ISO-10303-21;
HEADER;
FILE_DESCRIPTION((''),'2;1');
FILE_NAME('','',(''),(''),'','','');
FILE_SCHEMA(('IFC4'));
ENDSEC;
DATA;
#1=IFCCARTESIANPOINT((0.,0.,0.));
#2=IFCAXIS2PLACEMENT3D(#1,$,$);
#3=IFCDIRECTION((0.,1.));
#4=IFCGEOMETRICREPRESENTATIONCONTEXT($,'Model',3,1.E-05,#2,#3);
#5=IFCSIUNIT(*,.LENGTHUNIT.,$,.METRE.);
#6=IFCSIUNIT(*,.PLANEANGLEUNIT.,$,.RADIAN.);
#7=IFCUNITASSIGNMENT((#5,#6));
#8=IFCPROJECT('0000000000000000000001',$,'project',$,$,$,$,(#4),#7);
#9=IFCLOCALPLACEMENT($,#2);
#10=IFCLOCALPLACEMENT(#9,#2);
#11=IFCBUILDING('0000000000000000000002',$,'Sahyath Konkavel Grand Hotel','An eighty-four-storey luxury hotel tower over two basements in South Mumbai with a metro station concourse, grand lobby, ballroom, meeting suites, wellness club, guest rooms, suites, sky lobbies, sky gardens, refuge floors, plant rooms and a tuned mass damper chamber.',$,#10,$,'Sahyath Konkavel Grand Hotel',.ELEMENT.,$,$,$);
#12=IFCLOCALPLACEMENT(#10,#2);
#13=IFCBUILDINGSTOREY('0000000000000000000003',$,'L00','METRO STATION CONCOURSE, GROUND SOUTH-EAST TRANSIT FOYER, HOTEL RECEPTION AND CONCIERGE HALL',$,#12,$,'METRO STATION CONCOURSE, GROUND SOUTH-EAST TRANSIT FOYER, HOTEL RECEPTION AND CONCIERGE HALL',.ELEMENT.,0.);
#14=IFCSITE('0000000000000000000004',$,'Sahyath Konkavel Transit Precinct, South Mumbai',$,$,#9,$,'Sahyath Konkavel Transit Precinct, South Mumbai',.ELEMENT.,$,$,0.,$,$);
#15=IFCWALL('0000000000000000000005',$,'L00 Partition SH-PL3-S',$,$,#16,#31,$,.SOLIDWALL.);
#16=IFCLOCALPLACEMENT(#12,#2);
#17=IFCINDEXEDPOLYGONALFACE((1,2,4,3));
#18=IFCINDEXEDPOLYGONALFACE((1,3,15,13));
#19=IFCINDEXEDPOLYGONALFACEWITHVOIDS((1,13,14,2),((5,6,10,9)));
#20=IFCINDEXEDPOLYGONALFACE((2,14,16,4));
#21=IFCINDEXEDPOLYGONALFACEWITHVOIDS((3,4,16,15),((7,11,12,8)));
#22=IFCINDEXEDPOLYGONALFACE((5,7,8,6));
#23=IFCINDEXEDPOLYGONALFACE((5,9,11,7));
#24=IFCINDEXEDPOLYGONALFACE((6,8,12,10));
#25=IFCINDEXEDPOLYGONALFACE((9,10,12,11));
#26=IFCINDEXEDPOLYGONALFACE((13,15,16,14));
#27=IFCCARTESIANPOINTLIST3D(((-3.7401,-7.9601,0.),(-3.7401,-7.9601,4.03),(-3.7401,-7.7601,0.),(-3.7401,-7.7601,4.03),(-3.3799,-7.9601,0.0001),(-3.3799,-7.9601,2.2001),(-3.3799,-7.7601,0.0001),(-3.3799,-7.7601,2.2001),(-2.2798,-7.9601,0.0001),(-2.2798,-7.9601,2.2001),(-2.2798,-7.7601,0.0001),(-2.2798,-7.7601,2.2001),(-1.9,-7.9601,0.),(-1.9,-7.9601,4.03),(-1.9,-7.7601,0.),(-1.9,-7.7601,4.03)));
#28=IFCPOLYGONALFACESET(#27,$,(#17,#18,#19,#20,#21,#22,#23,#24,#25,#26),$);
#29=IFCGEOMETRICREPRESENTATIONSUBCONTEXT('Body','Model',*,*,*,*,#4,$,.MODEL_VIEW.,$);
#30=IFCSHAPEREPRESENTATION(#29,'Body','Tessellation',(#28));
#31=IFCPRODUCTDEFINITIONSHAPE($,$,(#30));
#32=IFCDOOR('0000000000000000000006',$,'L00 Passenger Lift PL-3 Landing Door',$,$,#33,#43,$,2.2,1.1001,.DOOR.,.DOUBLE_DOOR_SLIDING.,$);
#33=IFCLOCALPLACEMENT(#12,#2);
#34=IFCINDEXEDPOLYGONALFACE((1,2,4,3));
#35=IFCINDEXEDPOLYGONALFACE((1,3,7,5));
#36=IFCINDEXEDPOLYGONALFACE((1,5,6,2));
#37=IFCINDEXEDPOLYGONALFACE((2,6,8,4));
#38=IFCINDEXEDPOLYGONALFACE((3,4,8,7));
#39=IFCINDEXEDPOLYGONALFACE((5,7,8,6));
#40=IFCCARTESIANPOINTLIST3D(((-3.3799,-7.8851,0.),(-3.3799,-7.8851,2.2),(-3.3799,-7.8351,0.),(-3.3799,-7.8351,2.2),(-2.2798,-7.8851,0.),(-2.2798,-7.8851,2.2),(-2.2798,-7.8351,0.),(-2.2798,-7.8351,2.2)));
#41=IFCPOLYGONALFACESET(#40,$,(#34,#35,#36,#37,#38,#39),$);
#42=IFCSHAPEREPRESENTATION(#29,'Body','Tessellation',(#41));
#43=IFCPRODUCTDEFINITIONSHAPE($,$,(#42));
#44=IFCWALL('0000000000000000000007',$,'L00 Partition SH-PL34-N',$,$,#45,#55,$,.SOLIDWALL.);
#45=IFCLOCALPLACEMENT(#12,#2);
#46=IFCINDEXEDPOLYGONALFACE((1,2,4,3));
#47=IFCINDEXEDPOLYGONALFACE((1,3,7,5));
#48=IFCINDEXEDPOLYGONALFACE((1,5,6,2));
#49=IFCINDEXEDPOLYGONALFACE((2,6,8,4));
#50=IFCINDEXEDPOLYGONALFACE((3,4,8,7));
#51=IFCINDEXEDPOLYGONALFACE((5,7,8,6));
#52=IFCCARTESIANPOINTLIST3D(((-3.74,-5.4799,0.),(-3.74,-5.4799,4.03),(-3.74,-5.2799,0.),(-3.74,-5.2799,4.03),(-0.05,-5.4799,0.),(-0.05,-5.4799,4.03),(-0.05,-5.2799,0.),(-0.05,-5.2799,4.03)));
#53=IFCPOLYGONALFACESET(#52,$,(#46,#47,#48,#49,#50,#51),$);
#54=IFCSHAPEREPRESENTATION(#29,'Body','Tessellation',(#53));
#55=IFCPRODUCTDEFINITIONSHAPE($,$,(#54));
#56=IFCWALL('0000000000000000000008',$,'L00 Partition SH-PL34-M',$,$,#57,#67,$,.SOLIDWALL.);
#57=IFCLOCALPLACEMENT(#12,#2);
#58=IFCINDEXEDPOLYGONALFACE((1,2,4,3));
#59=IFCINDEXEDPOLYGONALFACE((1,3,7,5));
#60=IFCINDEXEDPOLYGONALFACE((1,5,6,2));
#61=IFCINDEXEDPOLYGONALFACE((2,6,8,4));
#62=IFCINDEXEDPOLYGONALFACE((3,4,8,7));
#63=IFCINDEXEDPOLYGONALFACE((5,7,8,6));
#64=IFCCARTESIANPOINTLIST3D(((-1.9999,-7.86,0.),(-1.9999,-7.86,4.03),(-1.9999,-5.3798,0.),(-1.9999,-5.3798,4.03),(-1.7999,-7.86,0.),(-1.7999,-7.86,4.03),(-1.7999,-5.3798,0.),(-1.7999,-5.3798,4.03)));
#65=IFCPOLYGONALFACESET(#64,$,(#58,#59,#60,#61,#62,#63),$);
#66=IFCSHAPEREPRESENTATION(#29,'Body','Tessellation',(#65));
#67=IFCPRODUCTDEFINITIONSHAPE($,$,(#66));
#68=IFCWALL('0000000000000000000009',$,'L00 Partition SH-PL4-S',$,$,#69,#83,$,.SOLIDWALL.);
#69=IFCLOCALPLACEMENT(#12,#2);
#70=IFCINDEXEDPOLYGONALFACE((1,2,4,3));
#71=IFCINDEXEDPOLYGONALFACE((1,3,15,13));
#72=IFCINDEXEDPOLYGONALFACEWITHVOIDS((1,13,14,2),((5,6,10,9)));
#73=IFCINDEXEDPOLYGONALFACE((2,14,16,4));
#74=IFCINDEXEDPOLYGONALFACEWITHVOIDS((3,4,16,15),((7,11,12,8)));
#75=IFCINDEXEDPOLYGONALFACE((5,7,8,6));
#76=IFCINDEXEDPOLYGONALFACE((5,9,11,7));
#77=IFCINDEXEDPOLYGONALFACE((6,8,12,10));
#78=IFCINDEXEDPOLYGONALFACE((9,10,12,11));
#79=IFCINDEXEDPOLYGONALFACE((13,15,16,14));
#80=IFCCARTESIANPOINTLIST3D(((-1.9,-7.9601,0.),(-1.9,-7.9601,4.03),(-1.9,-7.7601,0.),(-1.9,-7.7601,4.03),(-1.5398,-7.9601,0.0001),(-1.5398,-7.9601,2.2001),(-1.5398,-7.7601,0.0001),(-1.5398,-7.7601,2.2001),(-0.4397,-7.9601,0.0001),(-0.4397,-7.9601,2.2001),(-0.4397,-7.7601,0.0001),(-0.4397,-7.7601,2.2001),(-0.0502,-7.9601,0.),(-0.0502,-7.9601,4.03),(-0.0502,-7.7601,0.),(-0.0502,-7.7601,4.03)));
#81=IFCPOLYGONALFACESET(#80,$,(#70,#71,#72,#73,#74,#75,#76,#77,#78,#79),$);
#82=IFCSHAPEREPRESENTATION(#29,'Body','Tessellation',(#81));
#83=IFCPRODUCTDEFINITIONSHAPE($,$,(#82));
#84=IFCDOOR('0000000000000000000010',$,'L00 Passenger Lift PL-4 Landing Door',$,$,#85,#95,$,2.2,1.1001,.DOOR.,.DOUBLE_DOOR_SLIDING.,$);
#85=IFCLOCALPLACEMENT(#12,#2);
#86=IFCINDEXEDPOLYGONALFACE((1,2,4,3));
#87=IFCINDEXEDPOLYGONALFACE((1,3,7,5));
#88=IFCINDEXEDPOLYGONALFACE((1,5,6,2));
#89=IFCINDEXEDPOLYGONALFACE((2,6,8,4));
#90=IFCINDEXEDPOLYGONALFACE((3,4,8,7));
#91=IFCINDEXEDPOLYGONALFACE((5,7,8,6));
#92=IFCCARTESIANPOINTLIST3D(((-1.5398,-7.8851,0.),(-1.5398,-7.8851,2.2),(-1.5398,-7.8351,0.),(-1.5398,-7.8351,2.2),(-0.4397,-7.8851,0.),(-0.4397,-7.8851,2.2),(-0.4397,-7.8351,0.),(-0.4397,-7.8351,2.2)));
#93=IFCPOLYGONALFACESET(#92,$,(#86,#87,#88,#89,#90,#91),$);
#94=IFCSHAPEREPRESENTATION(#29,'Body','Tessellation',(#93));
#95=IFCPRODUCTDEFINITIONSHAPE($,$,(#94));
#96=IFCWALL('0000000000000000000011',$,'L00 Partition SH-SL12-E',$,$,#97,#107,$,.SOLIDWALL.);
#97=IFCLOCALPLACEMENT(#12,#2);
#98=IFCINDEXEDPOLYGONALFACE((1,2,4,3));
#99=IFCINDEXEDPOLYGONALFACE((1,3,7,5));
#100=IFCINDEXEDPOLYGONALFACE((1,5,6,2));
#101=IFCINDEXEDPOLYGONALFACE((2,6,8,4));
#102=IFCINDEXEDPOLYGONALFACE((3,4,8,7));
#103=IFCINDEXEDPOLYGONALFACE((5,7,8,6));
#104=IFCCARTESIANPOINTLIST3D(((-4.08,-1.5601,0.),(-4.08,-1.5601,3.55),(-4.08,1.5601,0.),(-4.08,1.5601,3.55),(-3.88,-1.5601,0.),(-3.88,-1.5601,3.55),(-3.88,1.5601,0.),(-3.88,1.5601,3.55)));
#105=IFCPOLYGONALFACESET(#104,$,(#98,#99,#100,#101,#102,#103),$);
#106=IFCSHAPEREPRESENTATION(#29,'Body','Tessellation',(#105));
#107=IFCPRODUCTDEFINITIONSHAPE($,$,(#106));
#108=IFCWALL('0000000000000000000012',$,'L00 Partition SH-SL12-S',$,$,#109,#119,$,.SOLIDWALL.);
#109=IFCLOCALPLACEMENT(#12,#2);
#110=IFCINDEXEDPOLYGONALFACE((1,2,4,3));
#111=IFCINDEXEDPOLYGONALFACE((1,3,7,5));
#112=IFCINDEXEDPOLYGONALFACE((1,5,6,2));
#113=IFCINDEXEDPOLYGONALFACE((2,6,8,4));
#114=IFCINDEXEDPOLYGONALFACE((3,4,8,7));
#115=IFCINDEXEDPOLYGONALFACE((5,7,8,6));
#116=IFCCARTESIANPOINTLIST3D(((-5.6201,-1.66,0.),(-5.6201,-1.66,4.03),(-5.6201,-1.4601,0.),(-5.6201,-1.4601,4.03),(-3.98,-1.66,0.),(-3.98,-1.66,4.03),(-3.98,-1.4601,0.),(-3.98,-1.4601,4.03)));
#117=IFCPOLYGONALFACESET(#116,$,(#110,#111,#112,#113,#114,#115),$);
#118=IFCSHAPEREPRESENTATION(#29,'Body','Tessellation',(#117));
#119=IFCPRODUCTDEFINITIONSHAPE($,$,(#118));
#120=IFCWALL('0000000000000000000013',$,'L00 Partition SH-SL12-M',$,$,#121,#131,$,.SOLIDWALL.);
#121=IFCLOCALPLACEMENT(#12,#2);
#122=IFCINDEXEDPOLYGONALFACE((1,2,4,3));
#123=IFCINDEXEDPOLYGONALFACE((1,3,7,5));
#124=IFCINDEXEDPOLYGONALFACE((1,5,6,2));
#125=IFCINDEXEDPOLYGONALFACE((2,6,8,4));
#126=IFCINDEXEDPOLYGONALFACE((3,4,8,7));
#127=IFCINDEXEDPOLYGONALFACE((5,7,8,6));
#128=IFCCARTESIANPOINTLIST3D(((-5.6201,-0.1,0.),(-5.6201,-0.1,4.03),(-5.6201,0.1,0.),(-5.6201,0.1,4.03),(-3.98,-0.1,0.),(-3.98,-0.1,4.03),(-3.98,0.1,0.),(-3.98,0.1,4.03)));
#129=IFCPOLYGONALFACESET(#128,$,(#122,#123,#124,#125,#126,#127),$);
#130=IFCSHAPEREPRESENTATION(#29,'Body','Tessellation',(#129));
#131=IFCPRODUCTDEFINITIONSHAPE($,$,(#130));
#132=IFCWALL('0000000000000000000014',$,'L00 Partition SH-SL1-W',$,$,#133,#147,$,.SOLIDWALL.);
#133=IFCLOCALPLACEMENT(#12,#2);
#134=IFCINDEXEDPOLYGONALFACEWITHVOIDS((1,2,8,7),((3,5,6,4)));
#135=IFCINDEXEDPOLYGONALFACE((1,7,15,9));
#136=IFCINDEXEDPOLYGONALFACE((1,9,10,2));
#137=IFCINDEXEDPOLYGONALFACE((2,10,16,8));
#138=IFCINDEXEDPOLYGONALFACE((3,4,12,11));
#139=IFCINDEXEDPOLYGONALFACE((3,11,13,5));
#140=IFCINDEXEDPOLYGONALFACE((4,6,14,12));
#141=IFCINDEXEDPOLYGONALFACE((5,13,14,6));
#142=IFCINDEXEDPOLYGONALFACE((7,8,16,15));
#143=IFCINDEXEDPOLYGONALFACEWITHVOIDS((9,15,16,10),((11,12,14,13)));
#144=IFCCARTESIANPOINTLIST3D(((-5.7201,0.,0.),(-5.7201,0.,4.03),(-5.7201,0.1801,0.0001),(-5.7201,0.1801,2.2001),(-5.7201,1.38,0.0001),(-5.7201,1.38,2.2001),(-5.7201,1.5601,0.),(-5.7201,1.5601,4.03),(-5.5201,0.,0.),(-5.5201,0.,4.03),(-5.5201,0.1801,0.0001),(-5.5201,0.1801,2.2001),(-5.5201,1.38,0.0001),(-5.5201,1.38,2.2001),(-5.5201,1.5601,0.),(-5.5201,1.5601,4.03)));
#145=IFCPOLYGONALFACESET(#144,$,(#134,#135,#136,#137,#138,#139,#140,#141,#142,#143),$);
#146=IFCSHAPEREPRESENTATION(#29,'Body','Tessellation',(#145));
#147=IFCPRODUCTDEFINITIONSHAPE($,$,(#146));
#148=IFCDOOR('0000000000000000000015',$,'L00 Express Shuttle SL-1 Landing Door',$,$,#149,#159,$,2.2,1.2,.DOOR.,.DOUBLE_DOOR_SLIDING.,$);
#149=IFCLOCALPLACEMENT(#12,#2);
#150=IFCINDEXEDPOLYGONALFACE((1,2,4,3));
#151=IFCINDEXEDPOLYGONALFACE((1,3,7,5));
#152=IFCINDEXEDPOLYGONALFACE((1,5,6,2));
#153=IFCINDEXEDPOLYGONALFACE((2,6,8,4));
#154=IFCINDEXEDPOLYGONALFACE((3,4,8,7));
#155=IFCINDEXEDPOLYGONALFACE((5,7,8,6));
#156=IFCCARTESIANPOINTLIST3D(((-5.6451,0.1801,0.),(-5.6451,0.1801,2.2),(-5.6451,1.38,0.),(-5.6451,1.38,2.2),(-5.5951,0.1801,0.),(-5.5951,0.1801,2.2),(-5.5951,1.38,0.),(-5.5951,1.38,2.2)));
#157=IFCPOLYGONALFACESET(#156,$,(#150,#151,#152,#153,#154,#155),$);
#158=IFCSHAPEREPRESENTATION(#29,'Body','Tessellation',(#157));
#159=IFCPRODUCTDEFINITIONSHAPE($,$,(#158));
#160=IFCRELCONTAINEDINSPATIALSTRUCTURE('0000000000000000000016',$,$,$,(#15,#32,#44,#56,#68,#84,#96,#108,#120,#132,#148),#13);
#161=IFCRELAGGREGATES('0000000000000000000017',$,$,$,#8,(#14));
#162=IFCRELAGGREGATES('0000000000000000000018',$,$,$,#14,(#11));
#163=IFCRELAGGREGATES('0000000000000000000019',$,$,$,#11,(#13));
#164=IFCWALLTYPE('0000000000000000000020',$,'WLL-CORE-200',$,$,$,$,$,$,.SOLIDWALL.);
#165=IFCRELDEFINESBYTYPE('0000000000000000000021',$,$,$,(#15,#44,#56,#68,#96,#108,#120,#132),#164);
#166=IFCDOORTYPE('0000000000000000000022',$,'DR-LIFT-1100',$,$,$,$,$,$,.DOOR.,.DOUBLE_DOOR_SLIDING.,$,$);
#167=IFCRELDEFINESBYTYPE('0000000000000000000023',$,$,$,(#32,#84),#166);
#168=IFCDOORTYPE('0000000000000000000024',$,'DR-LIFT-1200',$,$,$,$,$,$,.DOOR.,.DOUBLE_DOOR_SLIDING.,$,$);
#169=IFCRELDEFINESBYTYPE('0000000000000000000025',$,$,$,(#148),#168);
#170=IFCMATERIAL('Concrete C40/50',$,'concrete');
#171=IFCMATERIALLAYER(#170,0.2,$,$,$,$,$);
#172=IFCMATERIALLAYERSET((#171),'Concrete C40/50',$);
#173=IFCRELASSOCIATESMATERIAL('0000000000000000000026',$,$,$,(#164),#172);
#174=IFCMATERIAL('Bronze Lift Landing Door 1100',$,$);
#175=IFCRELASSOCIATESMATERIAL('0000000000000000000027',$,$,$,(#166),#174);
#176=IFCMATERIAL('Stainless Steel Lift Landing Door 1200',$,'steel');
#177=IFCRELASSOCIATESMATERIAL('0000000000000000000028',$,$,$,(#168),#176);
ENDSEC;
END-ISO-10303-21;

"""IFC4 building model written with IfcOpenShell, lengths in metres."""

from ifc_helpers import new_model, si_unit, direction, frame, frame_2d, origin, origin_2d, place, context, subcontext, project, spatial, rectangle, extrude, source, transform, mapped, material, layer, layer_set, type_object, element, fill, save


model = new_model("IFC4")

# Units and contexts
model_context = context("Model", 3, precision=1e-05, world=origin(), true_north=direction((0.0, 1.0)))
body_context = subcontext(model_context, "Body", "Model", "MODEL_VIEW")
ifc_project = project(units=[si_unit("LENGTHUNIT", "METRE"), si_unit("PLANEANGLEUNIT", "RADIAN")], contexts=[model_context])

# Site, building, storey
site_placement = place(None, origin())
site = spatial("IfcSite", under=ifc_project, at=site_placement, Name="Sahyath Konkavel Transit Precinct, South Mumbai", LongName="Sahyath Konkavel Transit Precinct, South Mumbai", CompositionType="ELEMENT", RefElevation=0.0)
building_placement = place(site_placement, origin())
building = spatial("IfcBuilding", under=site, at=building_placement, Name="Sahyath Konkavel Grand Hotel", Description="An eighty-four-storey luxury hotel tower over two basements in South Mumbai with a metro station concourse, grand lobby, ballroom, meeting suites, wellness club, guest rooms, suites, sky lobbies, sky gardens, refuge floors, plant rooms and a tuned mass damper chamber.", LongName="Sahyath Konkavel Grand Hotel", CompositionType="ELEMENT")
storey_placement = place(building_placement, origin())
storey = spatial("IfcBuildingStorey", under=building, at=storey_placement, Name="L00", Description="METRO STATION CONCOURSE, GROUND SOUTH-EAST TRANSIT FOYER, HOTEL RECEPTION AND CONCIERGE HALL", LongName="METRO STATION CONCOURSE, GROUND SOUTH-EAST TRANSIT FOYER, HOTEL RECEPTION AND CONCIERGE HALL", CompositionType="ELEMENT", Elevation=0.0)

# Shared definitions
ifc_material_1 = material(Name="Concrete C40/50", Category="concrete")
ifc_layer = layer(ifc_material_1, 0.2)
ifc_layer_set = layer_set([ifc_layer], Name="Concrete C40/50")
wall_type = type_object("IfcWallType", Name="WLL-CORE-200", PredefinedType="SOLIDWALL", material=ifc_layer_set)

# Shared definitions
ifc_material_2 = material(Name="Bronze Lift Landing Door 1100")
door_type_1 = type_object("IfcDoorType", Name="DR-LIFT-1100", OperationType="DOUBLE_DOOR_SLIDING", PredefinedType="DOOR", material=ifc_material_2)
shared_shape_1 = source(origin(), body_context, "Body", "SweptSolid", [
    extrude(rectangle(XDim=1.1001, YDim=0.05, at=origin_2d()), origin(), (0.0, 0.0, 1.0), 2.2),
])

# Shared definitions
ifc_material_3 = material(Name="Stainless Steel Lift Landing Door 1200", Category="steel")
door_type_2 = type_object("IfcDoorType", Name="DR-LIFT-1200", OperationType="DOUBLE_DOOR_SLIDING", PredefinedType="DOOR", material=ifc_material_3)
shared_shape_2 = source(origin(), body_context, "Body", "SweptSolid", [
    extrude(rectangle(XDim=1.2, YDim=0.05, at=origin_2d()), origin(), (0.0, 0.0, 1.0), 2.2),
])

# Wall, opening, door
wall_1_placement = place(storey_placement, frame((-3.74, -7.8601, 0.0), z_axis=(0.0, 0.0, 1.0), x_axis=(1.0, 0.0, 0.0)))
wall_1 = element("IfcWall", 1, at=wall_1_placement, inside=storey, type_object=wall_type, Name="L00 Partition SH-PL3-S", PredefinedType="SOLIDWALL", context=body_context, shape_type="SweptSolid", body=[
    extrude(rectangle(XDim=1.8401, YDim=0.2, at=frame_2d((0.9199, 0.0))), origin(), (0.0, 0.0, 1.0), 4.03),
])
opening_1_placement = place(wall_1_placement, frame((0.3601, 0.0, 0.0)))
opening_1 = element("IfcOpeningElement", 2, at=opening_1_placement, cuts=wall_1, PredefinedType="OPENING", context=body_context, shape_type="SweptSolid", body=[
    extrude(rectangle(XDim=1.1001, YDim=2.2, at=frame_2d((0.55, 1.1001))), frame((0.0, 0.1099, 0.0), z_axis=(0.0, -1.0, 0.0), x_axis=(1.0, 0.0, 0.0)), (0.0, 0.0, 1.0), 0.22),
])
door_1_placement = place(opening_1_placement, frame((0.55, 0.0, 0.0)))
door_1 = element("IfcDoor", 3, at=door_1_placement, inside=storey, type_object=door_type_1, Name="L00 Passenger Lift PL-3 Landing Door", OperationType="DOUBLE_DOOR_SLIDING", OverallHeight=2.2, OverallWidth=1.1001, PredefinedType="DOOR", context=body_context, shape_type="MappedRepresentation", body=[
    mapped(shared_shape_1, transform((0.0, 0.0, 0.0), scale=1.0)),
])
fill(opening_1, door_1)

# Walls
wall_2_placement = place(storey_placement, frame((-3.74, -5.3799, 0.0), z_axis=(0.0, 0.0, 1.0), x_axis=(1.0, 0.0, 0.0)))
element("IfcWall", 4, at=wall_2_placement, inside=storey, type_object=wall_type, Name="L00 Partition SH-PL34-N", PredefinedType="SOLIDWALL", context=body_context, shape_type="SweptSolid", body=[
    extrude(rectangle(XDim=3.6899, YDim=0.2, at=frame_2d((1.845, 0.0))), origin(), (0.0, 0.0, 1.0), 4.03),
])
wall_3_placement = place(storey_placement, frame((-1.8999, -7.8601, 0.0), z_axis=(0.0, 0.0, 1.0), x_axis=(0.0, 1.0, 0.0)))
element("IfcWall", 5, at=wall_3_placement, inside=storey, type_object=wall_type, Name="L00 Partition SH-PL34-M", PredefinedType="SOLIDWALL", context=body_context, shape_type="SweptSolid", body=[
    extrude(rectangle(XDim=2.4802, YDim=0.2, at=frame_2d((1.2402, 0.0))), origin(), (0.0, 0.0, 1.0), 4.03),
])

# Wall, opening, door
wall_4_placement = place(storey_placement, frame((-1.8999, -7.8601, 0.0), z_axis=(0.0, 0.0, 1.0), x_axis=(1.0, 0.0, 0.0)))
wall_4 = element("IfcWall", 6, at=wall_4_placement, inside=storey, type_object=wall_type, Name="L00 Partition SH-PL4-S", PredefinedType="SOLIDWALL", context=body_context, shape_type="SweptSolid", body=[
    extrude(rectangle(XDim=1.8499, YDim=0.2, at=frame_2d((0.9248, 0.0))), origin(), (0.0, 0.0, 1.0), 4.03),
])
opening_2_placement = place(wall_4_placement, frame((0.3601, 0.0, 0.0)))
opening_2 = element("IfcOpeningElement", 7, at=opening_2_placement, cuts=wall_4, PredefinedType="OPENING", context=body_context, shape_type="SweptSolid", body=[
    extrude(rectangle(XDim=1.1001, YDim=2.2, at=frame_2d((0.55, 1.1001))), frame((0.0, 0.1099, 0.0), z_axis=(0.0, -1.0, 0.0), x_axis=(1.0, 0.0, 0.0)), (0.0, 0.0, 1.0), 0.22),
])
door_2_placement = place(opening_2_placement, frame((0.55, 0.0, 0.0)))
door_2 = element("IfcDoor", 8, at=door_2_placement, inside=storey, type_object=door_type_1, Name="L00 Passenger Lift PL-4 Landing Door", OperationType="DOUBLE_DOOR_SLIDING", OverallHeight=2.2, OverallWidth=1.1001, PredefinedType="DOOR", context=body_context, shape_type="MappedRepresentation", body=[
    mapped(shared_shape_1, transform((0.0, 0.0, 0.0), scale=1.0)),
])
fill(opening_2, door_2)

# Walls
wall_5_placement = place(storey_placement, frame((-3.98, -1.5601, 0.0), z_axis=(0.0, 0.0, 1.0), x_axis=(0.0, 1.0, 0.0)))
element("IfcWall", 9, at=wall_5_placement, inside=storey, type_object=wall_type, Name="L00 Partition SH-SL12-E", PredefinedType="SOLIDWALL", context=body_context, shape_type="SweptSolid", body=[
    extrude(rectangle(XDim=3.1201, YDim=0.2, at=frame_2d((1.5601, 0.0))), origin(), (0.0, 0.0, 1.0), 3.55),
])
for number, where, z_axis, x_axis, name in (
    (10, (-5.6201, -1.5601, 0.0), (0.0, 0.0, 1.0), (1.0, 0.0, 0.0), "L00 Partition SH-SL12-S"),
    (11, (-5.6201, 0.0, 0.0), (0.0, 0.0, 1.0), (1.0, 0.0, 0.0), "L00 Partition SH-SL12-M"),
):
    element("IfcWall", number, at=place(storey_placement, frame(where, z_axis=z_axis, x_axis=x_axis)), inside=storey, type_object=wall_type, Name=name, PredefinedType="SOLIDWALL", context=body_context, shape_type="SweptSolid", body=[
        extrude(rectangle(XDim=1.6401, YDim=0.2, at=frame_2d((0.8201, 0.0))), origin(), (0.0, 0.0, 1.0), 4.03),
    ])

# Wall, opening, door
wall_6_placement = place(storey_placement, frame((-5.6201, 0.0, 0.0), z_axis=(0.0, 0.0, 1.0), x_axis=(0.0, 1.0, 0.0)))
wall_6 = element("IfcWall", 12, at=wall_6_placement, inside=storey, type_object=wall_type, Name="L00 Partition SH-SL1-W", PredefinedType="SOLIDWALL", context=body_context, shape_type="SweptSolid", body=[
    extrude(rectangle(XDim=1.5601, YDim=0.2, at=frame_2d((0.78, 0.0))), origin(), (0.0, 0.0, 1.0), 4.03),
])
opening_3_placement = place(wall_6_placement, frame((0.1799, 0.0, 0.0)))
opening_3 = element("IfcOpeningElement", 13, at=opening_3_placement, cuts=wall_6, PredefinedType="OPENING", context=body_context, shape_type="SweptSolid", body=[
    extrude(rectangle(XDim=1.2, YDim=2.2, at=frame_2d((0.6001, 1.1001))), frame((0.0, 0.1099, 0.0), z_axis=(0.0, -1.0, 0.0), x_axis=(1.0, 0.0, 0.0)), (0.0, 0.0, 1.0), 0.22),
])
door_3_placement = place(opening_3_placement, frame((0.6001, 0.0, 0.0)))
door_3 = element("IfcDoor", 14, at=door_3_placement, inside=storey, type_object=door_type_2, Name="L00 Express Shuttle SL-1 Landing Door", OperationType="DOUBLE_DOOR_SLIDING", OverallHeight=2.2, OverallWidth=1.2, PredefinedType="DOOR", context=body_context, shape_type="MappedRepresentation", body=[
    mapped(shared_shape_2, transform((0.0, 0.0, 0.0), scale=1.0)),
])
fill(opening_3, door_3)

save(model, "model.ifc")
